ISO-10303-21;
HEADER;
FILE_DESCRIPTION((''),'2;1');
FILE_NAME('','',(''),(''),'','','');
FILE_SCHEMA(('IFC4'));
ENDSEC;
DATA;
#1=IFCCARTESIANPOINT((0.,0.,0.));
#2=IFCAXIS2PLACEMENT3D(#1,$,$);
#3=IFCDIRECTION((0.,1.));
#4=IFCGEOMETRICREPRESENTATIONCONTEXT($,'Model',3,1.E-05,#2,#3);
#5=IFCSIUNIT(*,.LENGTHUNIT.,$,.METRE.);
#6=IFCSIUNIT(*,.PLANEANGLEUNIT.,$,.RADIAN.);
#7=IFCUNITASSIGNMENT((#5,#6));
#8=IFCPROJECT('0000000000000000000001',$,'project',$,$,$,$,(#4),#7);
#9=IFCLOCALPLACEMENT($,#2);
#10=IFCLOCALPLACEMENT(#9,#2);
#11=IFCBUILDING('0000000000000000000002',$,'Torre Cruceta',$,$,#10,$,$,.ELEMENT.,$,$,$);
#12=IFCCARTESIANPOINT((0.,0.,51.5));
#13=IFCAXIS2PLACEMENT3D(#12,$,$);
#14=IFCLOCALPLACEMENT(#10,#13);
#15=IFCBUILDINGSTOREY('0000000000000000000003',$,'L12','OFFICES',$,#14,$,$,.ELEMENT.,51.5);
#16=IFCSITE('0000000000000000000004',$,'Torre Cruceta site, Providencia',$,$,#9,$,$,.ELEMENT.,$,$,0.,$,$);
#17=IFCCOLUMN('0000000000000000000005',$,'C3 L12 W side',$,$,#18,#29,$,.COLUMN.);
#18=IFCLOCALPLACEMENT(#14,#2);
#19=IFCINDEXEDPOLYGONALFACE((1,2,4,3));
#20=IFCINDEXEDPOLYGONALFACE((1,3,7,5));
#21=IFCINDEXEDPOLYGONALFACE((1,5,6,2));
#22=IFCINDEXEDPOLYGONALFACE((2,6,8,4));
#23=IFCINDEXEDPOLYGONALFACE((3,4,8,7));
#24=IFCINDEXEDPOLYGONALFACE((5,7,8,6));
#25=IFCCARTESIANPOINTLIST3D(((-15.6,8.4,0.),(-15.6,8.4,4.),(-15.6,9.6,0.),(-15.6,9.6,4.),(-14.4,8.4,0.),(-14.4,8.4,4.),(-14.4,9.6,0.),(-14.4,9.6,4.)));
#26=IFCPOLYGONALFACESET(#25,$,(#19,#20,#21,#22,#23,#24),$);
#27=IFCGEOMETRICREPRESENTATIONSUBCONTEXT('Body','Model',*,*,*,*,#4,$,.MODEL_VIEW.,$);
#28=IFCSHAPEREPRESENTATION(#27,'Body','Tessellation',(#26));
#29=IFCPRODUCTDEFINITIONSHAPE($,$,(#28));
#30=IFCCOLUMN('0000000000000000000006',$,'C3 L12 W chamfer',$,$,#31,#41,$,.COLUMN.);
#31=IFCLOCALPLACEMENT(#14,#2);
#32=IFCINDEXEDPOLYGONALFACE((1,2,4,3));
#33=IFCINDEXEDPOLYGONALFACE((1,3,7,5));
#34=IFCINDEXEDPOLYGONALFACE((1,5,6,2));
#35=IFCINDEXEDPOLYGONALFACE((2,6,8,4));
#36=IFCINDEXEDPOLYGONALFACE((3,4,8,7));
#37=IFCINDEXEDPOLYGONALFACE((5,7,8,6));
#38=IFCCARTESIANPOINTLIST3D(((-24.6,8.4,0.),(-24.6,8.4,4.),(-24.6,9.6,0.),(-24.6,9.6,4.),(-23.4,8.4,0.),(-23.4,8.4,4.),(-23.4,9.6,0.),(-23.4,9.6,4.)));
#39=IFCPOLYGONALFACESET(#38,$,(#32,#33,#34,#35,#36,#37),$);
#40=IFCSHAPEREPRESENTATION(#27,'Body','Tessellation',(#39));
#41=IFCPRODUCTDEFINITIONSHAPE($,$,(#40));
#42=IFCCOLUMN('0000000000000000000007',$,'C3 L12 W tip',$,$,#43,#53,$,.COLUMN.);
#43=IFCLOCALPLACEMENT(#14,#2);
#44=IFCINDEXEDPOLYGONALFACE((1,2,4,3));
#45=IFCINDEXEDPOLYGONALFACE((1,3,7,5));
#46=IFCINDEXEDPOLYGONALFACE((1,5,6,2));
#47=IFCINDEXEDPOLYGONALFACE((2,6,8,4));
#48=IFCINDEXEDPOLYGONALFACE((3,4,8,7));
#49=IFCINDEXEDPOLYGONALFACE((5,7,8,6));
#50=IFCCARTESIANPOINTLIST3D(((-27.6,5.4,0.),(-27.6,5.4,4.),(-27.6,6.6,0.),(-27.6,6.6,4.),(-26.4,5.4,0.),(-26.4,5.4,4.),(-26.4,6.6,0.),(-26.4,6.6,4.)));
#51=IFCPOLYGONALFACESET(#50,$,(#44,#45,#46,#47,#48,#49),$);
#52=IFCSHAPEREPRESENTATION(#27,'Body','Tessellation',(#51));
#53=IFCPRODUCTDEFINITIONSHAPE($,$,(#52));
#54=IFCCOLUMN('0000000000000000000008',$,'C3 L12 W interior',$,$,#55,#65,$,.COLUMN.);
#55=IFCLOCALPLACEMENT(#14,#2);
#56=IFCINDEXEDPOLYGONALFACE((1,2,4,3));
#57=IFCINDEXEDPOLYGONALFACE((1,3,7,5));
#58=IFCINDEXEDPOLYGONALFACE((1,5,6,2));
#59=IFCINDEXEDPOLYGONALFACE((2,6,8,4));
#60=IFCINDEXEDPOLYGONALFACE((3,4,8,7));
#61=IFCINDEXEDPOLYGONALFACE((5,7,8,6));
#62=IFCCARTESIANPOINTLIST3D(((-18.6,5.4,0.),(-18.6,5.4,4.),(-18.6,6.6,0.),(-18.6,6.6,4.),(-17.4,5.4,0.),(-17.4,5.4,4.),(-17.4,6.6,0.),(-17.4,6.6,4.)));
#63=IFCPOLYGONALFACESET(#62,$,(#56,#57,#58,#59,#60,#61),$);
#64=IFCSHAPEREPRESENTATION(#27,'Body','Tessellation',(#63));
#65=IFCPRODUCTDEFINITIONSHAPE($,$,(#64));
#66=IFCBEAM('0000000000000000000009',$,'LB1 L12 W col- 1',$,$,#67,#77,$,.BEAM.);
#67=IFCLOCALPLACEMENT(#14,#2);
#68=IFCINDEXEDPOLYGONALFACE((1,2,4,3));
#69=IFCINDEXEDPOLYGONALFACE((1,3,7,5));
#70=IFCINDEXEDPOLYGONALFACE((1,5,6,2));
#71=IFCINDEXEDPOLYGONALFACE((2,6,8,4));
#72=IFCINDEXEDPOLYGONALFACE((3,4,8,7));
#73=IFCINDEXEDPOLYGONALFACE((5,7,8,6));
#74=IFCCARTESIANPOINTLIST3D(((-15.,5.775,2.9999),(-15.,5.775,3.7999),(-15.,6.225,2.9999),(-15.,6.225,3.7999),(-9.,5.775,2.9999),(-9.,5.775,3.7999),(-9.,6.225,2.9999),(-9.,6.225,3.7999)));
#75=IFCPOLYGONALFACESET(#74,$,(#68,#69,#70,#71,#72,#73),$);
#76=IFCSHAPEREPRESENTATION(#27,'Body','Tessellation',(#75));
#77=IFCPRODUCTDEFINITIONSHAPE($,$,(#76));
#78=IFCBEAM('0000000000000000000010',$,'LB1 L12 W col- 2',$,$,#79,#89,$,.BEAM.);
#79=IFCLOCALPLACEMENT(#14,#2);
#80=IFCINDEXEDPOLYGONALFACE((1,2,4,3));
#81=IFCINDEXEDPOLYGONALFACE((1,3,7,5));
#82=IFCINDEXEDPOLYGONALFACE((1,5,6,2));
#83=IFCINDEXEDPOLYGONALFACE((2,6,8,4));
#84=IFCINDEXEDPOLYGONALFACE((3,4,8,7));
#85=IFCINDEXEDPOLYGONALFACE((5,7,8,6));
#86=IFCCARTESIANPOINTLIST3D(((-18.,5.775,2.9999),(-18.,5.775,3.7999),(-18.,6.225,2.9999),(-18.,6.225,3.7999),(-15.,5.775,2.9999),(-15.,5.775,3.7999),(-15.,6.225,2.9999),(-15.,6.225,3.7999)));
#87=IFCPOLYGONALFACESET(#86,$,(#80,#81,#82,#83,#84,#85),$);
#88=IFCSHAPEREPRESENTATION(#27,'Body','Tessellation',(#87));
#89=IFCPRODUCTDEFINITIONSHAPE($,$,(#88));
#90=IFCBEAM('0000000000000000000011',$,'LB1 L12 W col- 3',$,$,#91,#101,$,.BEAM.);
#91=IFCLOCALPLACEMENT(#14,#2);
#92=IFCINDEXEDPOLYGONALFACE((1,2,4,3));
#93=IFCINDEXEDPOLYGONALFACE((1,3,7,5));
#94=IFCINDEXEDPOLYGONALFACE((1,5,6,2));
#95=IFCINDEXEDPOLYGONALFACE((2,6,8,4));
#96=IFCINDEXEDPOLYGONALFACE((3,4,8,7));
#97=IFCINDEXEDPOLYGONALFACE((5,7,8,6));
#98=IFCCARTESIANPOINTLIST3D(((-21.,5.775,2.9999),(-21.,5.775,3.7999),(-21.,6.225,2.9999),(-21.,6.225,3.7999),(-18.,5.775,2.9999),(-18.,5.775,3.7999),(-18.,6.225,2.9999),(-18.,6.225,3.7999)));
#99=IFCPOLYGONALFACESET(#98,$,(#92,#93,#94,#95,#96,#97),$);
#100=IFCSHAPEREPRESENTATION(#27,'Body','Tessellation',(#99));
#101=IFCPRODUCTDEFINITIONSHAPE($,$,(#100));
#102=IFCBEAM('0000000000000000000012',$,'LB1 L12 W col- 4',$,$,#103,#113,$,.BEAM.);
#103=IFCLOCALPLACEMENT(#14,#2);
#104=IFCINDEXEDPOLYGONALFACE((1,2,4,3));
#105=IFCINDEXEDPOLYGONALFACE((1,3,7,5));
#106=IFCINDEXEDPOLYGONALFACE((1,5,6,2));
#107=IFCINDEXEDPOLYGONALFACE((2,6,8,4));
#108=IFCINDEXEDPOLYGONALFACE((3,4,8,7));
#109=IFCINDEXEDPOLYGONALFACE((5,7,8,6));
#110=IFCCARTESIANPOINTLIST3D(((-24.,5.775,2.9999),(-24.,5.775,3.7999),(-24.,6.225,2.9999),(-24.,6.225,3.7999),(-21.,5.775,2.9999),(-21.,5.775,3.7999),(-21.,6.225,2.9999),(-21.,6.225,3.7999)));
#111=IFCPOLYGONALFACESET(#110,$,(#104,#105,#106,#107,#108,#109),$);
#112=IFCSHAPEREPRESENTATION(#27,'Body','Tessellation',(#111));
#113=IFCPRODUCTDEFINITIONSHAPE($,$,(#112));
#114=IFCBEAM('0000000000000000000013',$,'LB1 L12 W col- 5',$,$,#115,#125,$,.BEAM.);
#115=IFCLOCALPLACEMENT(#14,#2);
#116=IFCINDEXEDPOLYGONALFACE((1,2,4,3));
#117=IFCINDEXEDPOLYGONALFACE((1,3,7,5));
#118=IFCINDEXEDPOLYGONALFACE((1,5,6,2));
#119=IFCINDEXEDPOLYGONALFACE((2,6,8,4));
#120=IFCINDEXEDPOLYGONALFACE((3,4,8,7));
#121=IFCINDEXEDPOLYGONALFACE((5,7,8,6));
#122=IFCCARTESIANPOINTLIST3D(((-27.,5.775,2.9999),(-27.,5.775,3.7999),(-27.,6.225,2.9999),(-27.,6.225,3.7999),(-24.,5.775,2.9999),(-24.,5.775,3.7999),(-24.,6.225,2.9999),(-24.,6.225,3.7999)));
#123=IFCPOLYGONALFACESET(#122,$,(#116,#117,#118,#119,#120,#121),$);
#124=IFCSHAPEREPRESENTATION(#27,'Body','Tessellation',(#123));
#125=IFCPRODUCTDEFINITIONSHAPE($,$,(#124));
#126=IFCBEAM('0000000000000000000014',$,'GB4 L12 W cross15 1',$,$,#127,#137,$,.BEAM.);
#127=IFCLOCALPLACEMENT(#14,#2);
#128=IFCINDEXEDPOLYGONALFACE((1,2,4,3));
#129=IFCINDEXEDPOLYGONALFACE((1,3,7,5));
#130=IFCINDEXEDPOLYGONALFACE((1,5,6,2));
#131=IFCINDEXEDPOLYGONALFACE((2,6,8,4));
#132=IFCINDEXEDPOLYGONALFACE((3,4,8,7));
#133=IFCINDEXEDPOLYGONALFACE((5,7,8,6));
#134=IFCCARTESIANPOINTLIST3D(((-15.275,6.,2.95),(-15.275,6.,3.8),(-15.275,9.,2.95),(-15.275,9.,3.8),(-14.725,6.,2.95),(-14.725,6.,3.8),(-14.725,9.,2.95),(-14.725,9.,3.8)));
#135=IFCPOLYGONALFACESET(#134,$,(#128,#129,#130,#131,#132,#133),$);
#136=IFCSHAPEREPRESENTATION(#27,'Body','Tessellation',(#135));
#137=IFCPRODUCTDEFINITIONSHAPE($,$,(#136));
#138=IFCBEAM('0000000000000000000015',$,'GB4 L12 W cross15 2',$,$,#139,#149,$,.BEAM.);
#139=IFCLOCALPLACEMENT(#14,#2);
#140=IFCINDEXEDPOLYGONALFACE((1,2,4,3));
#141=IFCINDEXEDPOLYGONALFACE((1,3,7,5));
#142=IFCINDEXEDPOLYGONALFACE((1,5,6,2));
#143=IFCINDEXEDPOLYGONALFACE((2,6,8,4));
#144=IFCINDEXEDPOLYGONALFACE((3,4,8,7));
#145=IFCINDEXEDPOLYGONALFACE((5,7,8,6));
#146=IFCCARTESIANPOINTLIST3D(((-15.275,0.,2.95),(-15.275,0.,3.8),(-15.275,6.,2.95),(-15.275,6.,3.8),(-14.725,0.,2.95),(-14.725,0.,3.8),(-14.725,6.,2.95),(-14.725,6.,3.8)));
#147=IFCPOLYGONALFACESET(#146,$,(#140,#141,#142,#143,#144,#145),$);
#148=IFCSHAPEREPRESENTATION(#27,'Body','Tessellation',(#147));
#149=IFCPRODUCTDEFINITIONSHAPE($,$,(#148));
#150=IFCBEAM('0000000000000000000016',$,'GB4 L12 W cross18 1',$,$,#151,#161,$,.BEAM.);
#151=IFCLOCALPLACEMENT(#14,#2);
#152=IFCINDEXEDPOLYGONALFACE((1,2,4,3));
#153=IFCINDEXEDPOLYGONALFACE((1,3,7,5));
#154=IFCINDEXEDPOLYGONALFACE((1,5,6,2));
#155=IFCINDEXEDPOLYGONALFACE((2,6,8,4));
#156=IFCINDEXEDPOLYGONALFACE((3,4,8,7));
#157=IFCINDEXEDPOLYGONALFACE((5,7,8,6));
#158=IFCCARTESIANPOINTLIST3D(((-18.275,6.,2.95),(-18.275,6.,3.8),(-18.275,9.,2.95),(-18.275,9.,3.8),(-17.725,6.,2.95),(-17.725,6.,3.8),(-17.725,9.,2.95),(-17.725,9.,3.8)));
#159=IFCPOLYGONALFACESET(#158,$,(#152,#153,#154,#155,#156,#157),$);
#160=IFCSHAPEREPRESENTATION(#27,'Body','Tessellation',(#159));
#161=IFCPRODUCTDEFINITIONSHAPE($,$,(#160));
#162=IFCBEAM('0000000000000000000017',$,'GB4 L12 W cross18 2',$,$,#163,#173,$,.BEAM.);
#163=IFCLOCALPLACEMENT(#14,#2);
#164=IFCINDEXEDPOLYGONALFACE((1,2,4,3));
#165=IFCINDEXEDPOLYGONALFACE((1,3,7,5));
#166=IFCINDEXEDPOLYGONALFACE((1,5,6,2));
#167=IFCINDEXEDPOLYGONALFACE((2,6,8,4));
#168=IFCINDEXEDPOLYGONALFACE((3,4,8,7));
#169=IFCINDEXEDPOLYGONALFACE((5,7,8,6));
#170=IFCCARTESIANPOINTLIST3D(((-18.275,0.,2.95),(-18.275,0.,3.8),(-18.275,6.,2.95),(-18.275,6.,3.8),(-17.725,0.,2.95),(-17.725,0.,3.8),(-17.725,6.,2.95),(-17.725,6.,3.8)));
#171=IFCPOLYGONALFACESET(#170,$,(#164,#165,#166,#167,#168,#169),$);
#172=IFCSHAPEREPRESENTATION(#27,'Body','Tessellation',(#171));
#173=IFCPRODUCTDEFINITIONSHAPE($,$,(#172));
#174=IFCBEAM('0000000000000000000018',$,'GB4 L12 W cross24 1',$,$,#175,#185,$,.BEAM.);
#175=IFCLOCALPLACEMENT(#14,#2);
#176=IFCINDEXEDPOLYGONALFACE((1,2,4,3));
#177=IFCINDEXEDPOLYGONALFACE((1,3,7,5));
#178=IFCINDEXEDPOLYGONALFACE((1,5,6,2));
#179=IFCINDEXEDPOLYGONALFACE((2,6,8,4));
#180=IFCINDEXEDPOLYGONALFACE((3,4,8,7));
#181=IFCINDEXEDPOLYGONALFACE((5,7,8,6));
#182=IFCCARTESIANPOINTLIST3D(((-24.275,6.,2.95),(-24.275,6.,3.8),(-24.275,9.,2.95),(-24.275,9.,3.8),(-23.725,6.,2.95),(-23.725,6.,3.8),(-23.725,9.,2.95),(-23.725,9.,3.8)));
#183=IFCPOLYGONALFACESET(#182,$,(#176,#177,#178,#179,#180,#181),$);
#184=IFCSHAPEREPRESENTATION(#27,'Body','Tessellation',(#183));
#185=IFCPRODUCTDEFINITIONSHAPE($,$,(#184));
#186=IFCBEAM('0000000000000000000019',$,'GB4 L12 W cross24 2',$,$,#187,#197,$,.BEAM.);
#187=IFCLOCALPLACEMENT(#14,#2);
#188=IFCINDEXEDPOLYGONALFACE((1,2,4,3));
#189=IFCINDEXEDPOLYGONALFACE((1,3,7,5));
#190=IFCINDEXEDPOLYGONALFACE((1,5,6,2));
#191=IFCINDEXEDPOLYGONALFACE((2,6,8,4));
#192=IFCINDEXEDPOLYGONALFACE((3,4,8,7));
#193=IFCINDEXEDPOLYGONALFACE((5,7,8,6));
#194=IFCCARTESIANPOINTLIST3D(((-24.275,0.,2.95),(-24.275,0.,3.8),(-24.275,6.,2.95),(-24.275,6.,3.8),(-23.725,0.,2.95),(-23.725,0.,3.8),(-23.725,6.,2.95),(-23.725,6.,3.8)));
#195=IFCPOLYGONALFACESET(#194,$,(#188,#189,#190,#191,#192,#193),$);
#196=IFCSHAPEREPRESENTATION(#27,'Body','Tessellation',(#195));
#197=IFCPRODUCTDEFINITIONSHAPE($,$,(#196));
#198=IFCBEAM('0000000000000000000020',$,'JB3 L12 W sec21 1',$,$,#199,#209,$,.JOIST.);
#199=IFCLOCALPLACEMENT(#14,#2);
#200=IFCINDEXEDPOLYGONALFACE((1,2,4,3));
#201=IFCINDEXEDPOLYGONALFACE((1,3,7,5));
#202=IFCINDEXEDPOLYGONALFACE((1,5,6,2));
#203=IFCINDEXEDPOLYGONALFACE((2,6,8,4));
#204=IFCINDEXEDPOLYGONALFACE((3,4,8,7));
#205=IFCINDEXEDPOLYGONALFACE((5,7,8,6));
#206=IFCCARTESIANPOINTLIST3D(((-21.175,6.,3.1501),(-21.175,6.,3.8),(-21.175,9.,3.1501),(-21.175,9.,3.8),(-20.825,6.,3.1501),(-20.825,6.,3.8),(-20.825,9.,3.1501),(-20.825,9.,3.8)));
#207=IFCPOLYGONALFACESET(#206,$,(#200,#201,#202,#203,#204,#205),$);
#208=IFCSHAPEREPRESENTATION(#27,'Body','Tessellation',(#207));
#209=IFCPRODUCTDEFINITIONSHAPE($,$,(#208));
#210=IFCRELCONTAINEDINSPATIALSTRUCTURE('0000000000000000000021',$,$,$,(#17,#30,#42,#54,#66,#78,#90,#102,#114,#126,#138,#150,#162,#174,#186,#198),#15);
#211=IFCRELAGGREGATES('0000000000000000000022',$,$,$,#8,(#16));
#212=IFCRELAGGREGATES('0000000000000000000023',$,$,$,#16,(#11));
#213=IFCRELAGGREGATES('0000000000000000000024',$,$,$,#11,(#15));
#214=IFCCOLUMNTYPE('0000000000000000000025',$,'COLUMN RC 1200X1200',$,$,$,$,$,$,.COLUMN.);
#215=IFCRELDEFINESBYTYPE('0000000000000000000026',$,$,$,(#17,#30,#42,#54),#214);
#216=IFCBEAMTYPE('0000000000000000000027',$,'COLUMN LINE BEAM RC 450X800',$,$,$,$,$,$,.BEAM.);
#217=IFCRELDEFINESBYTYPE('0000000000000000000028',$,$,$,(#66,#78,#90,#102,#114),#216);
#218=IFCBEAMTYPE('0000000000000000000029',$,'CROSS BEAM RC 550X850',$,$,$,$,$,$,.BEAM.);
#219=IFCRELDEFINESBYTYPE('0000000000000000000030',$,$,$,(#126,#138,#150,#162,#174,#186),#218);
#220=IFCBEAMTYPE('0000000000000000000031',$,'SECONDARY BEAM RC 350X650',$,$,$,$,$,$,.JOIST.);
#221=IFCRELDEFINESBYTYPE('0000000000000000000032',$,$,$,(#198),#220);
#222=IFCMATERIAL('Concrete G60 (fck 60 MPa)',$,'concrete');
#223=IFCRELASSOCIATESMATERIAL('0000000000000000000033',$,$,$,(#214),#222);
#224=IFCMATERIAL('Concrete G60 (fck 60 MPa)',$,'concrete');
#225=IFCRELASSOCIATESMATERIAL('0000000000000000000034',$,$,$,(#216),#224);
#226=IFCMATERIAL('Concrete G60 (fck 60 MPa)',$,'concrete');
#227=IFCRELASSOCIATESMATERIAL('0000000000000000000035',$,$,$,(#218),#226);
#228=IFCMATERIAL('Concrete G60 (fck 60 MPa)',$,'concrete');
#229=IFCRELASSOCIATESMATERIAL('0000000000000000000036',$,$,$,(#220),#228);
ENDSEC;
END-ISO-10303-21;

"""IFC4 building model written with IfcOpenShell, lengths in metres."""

from ifc_helpers import new_model, si_unit, direction, frame, origin, origin_2d, place, context, subcontext, project, spatial, rectangle, extrude, material, material_profile, profile_set, type_object, element, save


model = new_model("IFC4")

# Units and contexts
model_context = context("Model", 3, precision=1e-05, world=origin(), true_north=direction((0.0, 1.0)))
body_context = subcontext(model_context, "Body", "Model", "MODEL_VIEW")
ifc_project = project(units=[si_unit("LENGTHUNIT", "METRE"), si_unit("PLANEANGLEUNIT", "RADIAN")], contexts=[model_context])

# Site, building, storey
site_placement = place(None, origin())
site = spatial("IfcSite", under=ifc_project, at=site_placement, Name="Torre Cruceta site, Providencia", CompositionType="ELEMENT", RefElevation=0.0)
building_placement = place(site_placement, origin())
building = spatial("IfcBuilding", under=site, at=building_placement, Name="Torre Cruceta", CompositionType="ELEMENT")
storey_placement = place(building_placement, frame((0.0, 0.0, 51.5)))
storey = spatial("IfcBuildingStorey", under=building, at=storey_placement, Name="L12", Description="OFFICES", CompositionType="ELEMENT", Elevation=51.5)

# Columns
ifc_material_1 = material(Name="Concrete G60 (fck 60 MPa)", Category="concrete")
ifc_material_profile_1 = material_profile(ifc_material_1, rectangle(XDim=1.2, YDim=1.2, at=origin_2d()), Name="RC 1200X1200")
ifc_profile_set_1 = profile_set([ifc_material_profile_1], Name="Concrete G60 (fck 60 MPa)")
column_type = type_object("IfcColumnType", Name="COLUMN RC 1200X1200", PredefinedType="COLUMN", material=ifc_profile_set_1)
for number, where, z_axis, x_axis, name in (
    (1, (-15.0, 9.0, 0.0), (0.0, 0.0, 1.0), (1.0, 0.0, 0.0), "C3 L12 W side"),
    (2, (-24.0, 9.0, 0.0), (0.0, 0.0, 1.0), (1.0, 0.0, 0.0), "C3 L12 W chamfer"),
    (3, (-27.0, 6.0, 0.0), (0.0, 0.0, 1.0), (1.0, 0.0, 0.0), "C3 L12 W tip"),
    (4, (-18.0, 6.0, 0.0), (0.0, 0.0, 1.0), (1.0, 0.0, 0.0), "C3 L12 W interior"),
):
    element("IfcColumn", number, at=place(storey_placement, frame(where, z_axis=z_axis, x_axis=x_axis)), inside=storey, type_object=column_type, Name=name, PredefinedType="COLUMN", context=body_context, shape_type="SweptSolid", body=[
        extrude(rectangle(XDim=1.2, YDim=1.2, at=origin_2d()), origin(), (0.0, 0.0, 1.0), 4.0),
    ])

# Beams
ifc_material_2 = material(Name="Concrete G60 (fck 60 MPa)", Category="concrete")
ifc_material_profile_2 = material_profile(ifc_material_2, rectangle(XDim=0.45, YDim=0.8, at=origin_2d()), Name="RC 450X800")
ifc_profile_set_2 = profile_set([ifc_material_profile_2], Name="Concrete G60 (fck 60 MPa)")
beam_type_1 = type_object("IfcBeamType", Name="COLUMN LINE BEAM RC 450X800", PredefinedType="BEAM", material=ifc_profile_set_2)
beam_1_placement = place(storey_placement, frame((-9.0, 6.0, 3.3999), z_axis=(-1.0, 0.0, 0.0), x_axis=(0.0, -1.0, 0.0)))
element("IfcBeam", 5, at=beam_1_placement, inside=storey, type_object=beam_type_1, Name="LB1 L12 W col- 1", PredefinedType="BEAM", context=body_context, shape_type="SweptSolid", body=[
    extrude(rectangle(XDim=0.45, YDim=0.8, at=origin_2d()), origin(), (0.0, 0.0, 1.0), 6.0),
])
for number, where, z_axis, x_axis, name in (
    (6, (-15.0, 6.0, 3.3999), (-1.0, 0.0, 0.0), (0.0, -1.0, 0.0), "LB1 L12 W col- 2"),
    (7, (-18.0, 6.0, 3.3999), (-1.0, 0.0, 0.0), (0.0, -1.0, 0.0), "LB1 L12 W col- 3"),
    (8, (-21.0, 6.0, 3.3999), (-1.0, 0.0, 0.0), (0.0, -1.0, 0.0), "LB1 L12 W col- 4"),
    (9, (-24.0, 6.0, 3.3999), (-1.0, 0.0, 0.0), (0.0, -1.0, 0.0), "LB1 L12 W col- 5"),
):
    element("IfcBeam", number, at=place(storey_placement, frame(where, z_axis=z_axis, x_axis=x_axis)), inside=storey, type_object=beam_type_1, Name=name, PredefinedType="BEAM", context=body_context, shape_type="SweptSolid", body=[
        extrude(rectangle(XDim=0.45, YDim=0.8, at=origin_2d()), origin(), (0.0, 0.0, 1.0), 3.0),
    ])
ifc_material_3 = material(Name="Concrete G60 (fck 60 MPa)", Category="concrete")
ifc_material_profile_3 = material_profile(ifc_material_3, rectangle(XDim=0.55, YDim=0.8501, at=origin_2d()), Name="RC 550X850")
ifc_profile_set_3 = profile_set([ifc_material_profile_3], Name="Concrete G60 (fck 60 MPa)")
beam_type_2 = type_object("IfcBeamType", Name="CROSS BEAM RC 550X850", PredefinedType="BEAM", material=ifc_profile_set_3)
beam_2_placement = place(storey_placement, frame((-15.0, 9.0, 3.375), z_axis=(0.0, -1.0, 0.0), x_axis=(1.0, 0.0, 0.0)))
element("IfcBeam", 10, at=beam_2_placement, inside=storey, type_object=beam_type_2, Name="GB4 L12 W cross15 1", PredefinedType="BEAM", context=body_context, shape_type="SweptSolid", body=[
    extrude(rectangle(XDim=0.55, YDim=0.8501, at=origin_2d()), origin(), (0.0, 0.0, 1.0), 3.0),
])
beam_3_placement = place(storey_placement, frame((-15.0, 6.0, 3.375), z_axis=(0.0, -1.0, 0.0), x_axis=(1.0, 0.0, 0.0)))
element("IfcBeam", 11, at=beam_3_placement, inside=storey, type_object=beam_type_2, Name="GB4 L12 W cross15 2", PredefinedType="BEAM", context=body_context, shape_type="SweptSolid", body=[
    extrude(rectangle(XDim=0.55, YDim=0.8501, at=origin_2d()), origin(), (0.0, 0.0, 1.0), 6.0),
])
beam_4_placement = place(storey_placement, frame((-18.0, 9.0, 3.375), z_axis=(0.0, -1.0, 0.0), x_axis=(1.0, 0.0, 0.0)))
element("IfcBeam", 12, at=beam_4_placement, inside=storey, type_object=beam_type_2, Name="GB4 L12 W cross18 1", PredefinedType="BEAM", context=body_context, shape_type="SweptSolid", body=[
    extrude(rectangle(XDim=0.55, YDim=0.8501, at=origin_2d()), origin(), (0.0, 0.0, 1.0), 3.0),
])
beam_5_placement = place(storey_placement, frame((-18.0, 6.0, 3.375), z_axis=(0.0, -1.0, 0.0), x_axis=(1.0, 0.0, 0.0)))
element("IfcBeam", 13, at=beam_5_placement, inside=storey, type_object=beam_type_2, Name="GB4 L12 W cross18 2", PredefinedType="BEAM", context=body_context, shape_type="SweptSolid", body=[
    extrude(rectangle(XDim=0.55, YDim=0.8501, at=origin_2d()), origin(), (0.0, 0.0, 1.0), 6.0),
])
beam_6_placement = place(storey_placement, frame((-24.0, 9.0, 3.375), z_axis=(0.0, -1.0, 0.0), x_axis=(1.0, 0.0, 0.0)))
element("IfcBeam", 14, at=beam_6_placement, inside=storey, type_object=beam_type_2, Name="GB4 L12 W cross24 1", PredefinedType="BEAM", context=body_context, shape_type="SweptSolid", body=[
    extrude(rectangle(XDim=0.55, YDim=0.8501, at=origin_2d()), origin(), (0.0, 0.0, 1.0), 3.0),
])
beam_7_placement = place(storey_placement, frame((-24.0, 6.0, 3.375), z_axis=(0.0, -1.0, 0.0), x_axis=(1.0, 0.0, 0.0)))
element("IfcBeam", 15, at=beam_7_placement, inside=storey, type_object=beam_type_2, Name="GB4 L12 W cross24 2", PredefinedType="BEAM", context=body_context, shape_type="SweptSolid", body=[
    extrude(rectangle(XDim=0.55, YDim=0.8501, at=origin_2d()), origin(), (0.0, 0.0, 1.0), 6.0),
])
ifc_material_4 = material(Name="Concrete G60 (fck 60 MPa)", Category="concrete")
ifc_material_profile_4 = material_profile(ifc_material_4, rectangle(XDim=0.3501, YDim=0.6499, at=origin_2d()), Name="RC 350X650")
ifc_profile_set_4 = profile_set([ifc_material_profile_4], Name="Concrete G60 (fck 60 MPa)")
beam_type_3 = type_object("IfcBeamType", Name="SECONDARY BEAM RC 350X650", PredefinedType="JOIST", material=ifc_profile_set_4)
beam_8_placement = place(storey_placement, frame((-21.0, 9.0, 3.4751), z_axis=(0.0, -1.0, 0.0), x_axis=(1.0, 0.0, 0.0)))
element("IfcBeam", 16, at=beam_8_placement, inside=storey, type_object=beam_type_3, Name="JB3 L12 W sec21 1", PredefinedType="JOIST", context=body_context, shape_type="SweptSolid", body=[
    extrude(rectangle(XDim=0.3501, YDim=0.6499, at=origin_2d()), origin(), (0.0, 0.0, 1.0), 3.0),
])

save(model, "model.ifc")
